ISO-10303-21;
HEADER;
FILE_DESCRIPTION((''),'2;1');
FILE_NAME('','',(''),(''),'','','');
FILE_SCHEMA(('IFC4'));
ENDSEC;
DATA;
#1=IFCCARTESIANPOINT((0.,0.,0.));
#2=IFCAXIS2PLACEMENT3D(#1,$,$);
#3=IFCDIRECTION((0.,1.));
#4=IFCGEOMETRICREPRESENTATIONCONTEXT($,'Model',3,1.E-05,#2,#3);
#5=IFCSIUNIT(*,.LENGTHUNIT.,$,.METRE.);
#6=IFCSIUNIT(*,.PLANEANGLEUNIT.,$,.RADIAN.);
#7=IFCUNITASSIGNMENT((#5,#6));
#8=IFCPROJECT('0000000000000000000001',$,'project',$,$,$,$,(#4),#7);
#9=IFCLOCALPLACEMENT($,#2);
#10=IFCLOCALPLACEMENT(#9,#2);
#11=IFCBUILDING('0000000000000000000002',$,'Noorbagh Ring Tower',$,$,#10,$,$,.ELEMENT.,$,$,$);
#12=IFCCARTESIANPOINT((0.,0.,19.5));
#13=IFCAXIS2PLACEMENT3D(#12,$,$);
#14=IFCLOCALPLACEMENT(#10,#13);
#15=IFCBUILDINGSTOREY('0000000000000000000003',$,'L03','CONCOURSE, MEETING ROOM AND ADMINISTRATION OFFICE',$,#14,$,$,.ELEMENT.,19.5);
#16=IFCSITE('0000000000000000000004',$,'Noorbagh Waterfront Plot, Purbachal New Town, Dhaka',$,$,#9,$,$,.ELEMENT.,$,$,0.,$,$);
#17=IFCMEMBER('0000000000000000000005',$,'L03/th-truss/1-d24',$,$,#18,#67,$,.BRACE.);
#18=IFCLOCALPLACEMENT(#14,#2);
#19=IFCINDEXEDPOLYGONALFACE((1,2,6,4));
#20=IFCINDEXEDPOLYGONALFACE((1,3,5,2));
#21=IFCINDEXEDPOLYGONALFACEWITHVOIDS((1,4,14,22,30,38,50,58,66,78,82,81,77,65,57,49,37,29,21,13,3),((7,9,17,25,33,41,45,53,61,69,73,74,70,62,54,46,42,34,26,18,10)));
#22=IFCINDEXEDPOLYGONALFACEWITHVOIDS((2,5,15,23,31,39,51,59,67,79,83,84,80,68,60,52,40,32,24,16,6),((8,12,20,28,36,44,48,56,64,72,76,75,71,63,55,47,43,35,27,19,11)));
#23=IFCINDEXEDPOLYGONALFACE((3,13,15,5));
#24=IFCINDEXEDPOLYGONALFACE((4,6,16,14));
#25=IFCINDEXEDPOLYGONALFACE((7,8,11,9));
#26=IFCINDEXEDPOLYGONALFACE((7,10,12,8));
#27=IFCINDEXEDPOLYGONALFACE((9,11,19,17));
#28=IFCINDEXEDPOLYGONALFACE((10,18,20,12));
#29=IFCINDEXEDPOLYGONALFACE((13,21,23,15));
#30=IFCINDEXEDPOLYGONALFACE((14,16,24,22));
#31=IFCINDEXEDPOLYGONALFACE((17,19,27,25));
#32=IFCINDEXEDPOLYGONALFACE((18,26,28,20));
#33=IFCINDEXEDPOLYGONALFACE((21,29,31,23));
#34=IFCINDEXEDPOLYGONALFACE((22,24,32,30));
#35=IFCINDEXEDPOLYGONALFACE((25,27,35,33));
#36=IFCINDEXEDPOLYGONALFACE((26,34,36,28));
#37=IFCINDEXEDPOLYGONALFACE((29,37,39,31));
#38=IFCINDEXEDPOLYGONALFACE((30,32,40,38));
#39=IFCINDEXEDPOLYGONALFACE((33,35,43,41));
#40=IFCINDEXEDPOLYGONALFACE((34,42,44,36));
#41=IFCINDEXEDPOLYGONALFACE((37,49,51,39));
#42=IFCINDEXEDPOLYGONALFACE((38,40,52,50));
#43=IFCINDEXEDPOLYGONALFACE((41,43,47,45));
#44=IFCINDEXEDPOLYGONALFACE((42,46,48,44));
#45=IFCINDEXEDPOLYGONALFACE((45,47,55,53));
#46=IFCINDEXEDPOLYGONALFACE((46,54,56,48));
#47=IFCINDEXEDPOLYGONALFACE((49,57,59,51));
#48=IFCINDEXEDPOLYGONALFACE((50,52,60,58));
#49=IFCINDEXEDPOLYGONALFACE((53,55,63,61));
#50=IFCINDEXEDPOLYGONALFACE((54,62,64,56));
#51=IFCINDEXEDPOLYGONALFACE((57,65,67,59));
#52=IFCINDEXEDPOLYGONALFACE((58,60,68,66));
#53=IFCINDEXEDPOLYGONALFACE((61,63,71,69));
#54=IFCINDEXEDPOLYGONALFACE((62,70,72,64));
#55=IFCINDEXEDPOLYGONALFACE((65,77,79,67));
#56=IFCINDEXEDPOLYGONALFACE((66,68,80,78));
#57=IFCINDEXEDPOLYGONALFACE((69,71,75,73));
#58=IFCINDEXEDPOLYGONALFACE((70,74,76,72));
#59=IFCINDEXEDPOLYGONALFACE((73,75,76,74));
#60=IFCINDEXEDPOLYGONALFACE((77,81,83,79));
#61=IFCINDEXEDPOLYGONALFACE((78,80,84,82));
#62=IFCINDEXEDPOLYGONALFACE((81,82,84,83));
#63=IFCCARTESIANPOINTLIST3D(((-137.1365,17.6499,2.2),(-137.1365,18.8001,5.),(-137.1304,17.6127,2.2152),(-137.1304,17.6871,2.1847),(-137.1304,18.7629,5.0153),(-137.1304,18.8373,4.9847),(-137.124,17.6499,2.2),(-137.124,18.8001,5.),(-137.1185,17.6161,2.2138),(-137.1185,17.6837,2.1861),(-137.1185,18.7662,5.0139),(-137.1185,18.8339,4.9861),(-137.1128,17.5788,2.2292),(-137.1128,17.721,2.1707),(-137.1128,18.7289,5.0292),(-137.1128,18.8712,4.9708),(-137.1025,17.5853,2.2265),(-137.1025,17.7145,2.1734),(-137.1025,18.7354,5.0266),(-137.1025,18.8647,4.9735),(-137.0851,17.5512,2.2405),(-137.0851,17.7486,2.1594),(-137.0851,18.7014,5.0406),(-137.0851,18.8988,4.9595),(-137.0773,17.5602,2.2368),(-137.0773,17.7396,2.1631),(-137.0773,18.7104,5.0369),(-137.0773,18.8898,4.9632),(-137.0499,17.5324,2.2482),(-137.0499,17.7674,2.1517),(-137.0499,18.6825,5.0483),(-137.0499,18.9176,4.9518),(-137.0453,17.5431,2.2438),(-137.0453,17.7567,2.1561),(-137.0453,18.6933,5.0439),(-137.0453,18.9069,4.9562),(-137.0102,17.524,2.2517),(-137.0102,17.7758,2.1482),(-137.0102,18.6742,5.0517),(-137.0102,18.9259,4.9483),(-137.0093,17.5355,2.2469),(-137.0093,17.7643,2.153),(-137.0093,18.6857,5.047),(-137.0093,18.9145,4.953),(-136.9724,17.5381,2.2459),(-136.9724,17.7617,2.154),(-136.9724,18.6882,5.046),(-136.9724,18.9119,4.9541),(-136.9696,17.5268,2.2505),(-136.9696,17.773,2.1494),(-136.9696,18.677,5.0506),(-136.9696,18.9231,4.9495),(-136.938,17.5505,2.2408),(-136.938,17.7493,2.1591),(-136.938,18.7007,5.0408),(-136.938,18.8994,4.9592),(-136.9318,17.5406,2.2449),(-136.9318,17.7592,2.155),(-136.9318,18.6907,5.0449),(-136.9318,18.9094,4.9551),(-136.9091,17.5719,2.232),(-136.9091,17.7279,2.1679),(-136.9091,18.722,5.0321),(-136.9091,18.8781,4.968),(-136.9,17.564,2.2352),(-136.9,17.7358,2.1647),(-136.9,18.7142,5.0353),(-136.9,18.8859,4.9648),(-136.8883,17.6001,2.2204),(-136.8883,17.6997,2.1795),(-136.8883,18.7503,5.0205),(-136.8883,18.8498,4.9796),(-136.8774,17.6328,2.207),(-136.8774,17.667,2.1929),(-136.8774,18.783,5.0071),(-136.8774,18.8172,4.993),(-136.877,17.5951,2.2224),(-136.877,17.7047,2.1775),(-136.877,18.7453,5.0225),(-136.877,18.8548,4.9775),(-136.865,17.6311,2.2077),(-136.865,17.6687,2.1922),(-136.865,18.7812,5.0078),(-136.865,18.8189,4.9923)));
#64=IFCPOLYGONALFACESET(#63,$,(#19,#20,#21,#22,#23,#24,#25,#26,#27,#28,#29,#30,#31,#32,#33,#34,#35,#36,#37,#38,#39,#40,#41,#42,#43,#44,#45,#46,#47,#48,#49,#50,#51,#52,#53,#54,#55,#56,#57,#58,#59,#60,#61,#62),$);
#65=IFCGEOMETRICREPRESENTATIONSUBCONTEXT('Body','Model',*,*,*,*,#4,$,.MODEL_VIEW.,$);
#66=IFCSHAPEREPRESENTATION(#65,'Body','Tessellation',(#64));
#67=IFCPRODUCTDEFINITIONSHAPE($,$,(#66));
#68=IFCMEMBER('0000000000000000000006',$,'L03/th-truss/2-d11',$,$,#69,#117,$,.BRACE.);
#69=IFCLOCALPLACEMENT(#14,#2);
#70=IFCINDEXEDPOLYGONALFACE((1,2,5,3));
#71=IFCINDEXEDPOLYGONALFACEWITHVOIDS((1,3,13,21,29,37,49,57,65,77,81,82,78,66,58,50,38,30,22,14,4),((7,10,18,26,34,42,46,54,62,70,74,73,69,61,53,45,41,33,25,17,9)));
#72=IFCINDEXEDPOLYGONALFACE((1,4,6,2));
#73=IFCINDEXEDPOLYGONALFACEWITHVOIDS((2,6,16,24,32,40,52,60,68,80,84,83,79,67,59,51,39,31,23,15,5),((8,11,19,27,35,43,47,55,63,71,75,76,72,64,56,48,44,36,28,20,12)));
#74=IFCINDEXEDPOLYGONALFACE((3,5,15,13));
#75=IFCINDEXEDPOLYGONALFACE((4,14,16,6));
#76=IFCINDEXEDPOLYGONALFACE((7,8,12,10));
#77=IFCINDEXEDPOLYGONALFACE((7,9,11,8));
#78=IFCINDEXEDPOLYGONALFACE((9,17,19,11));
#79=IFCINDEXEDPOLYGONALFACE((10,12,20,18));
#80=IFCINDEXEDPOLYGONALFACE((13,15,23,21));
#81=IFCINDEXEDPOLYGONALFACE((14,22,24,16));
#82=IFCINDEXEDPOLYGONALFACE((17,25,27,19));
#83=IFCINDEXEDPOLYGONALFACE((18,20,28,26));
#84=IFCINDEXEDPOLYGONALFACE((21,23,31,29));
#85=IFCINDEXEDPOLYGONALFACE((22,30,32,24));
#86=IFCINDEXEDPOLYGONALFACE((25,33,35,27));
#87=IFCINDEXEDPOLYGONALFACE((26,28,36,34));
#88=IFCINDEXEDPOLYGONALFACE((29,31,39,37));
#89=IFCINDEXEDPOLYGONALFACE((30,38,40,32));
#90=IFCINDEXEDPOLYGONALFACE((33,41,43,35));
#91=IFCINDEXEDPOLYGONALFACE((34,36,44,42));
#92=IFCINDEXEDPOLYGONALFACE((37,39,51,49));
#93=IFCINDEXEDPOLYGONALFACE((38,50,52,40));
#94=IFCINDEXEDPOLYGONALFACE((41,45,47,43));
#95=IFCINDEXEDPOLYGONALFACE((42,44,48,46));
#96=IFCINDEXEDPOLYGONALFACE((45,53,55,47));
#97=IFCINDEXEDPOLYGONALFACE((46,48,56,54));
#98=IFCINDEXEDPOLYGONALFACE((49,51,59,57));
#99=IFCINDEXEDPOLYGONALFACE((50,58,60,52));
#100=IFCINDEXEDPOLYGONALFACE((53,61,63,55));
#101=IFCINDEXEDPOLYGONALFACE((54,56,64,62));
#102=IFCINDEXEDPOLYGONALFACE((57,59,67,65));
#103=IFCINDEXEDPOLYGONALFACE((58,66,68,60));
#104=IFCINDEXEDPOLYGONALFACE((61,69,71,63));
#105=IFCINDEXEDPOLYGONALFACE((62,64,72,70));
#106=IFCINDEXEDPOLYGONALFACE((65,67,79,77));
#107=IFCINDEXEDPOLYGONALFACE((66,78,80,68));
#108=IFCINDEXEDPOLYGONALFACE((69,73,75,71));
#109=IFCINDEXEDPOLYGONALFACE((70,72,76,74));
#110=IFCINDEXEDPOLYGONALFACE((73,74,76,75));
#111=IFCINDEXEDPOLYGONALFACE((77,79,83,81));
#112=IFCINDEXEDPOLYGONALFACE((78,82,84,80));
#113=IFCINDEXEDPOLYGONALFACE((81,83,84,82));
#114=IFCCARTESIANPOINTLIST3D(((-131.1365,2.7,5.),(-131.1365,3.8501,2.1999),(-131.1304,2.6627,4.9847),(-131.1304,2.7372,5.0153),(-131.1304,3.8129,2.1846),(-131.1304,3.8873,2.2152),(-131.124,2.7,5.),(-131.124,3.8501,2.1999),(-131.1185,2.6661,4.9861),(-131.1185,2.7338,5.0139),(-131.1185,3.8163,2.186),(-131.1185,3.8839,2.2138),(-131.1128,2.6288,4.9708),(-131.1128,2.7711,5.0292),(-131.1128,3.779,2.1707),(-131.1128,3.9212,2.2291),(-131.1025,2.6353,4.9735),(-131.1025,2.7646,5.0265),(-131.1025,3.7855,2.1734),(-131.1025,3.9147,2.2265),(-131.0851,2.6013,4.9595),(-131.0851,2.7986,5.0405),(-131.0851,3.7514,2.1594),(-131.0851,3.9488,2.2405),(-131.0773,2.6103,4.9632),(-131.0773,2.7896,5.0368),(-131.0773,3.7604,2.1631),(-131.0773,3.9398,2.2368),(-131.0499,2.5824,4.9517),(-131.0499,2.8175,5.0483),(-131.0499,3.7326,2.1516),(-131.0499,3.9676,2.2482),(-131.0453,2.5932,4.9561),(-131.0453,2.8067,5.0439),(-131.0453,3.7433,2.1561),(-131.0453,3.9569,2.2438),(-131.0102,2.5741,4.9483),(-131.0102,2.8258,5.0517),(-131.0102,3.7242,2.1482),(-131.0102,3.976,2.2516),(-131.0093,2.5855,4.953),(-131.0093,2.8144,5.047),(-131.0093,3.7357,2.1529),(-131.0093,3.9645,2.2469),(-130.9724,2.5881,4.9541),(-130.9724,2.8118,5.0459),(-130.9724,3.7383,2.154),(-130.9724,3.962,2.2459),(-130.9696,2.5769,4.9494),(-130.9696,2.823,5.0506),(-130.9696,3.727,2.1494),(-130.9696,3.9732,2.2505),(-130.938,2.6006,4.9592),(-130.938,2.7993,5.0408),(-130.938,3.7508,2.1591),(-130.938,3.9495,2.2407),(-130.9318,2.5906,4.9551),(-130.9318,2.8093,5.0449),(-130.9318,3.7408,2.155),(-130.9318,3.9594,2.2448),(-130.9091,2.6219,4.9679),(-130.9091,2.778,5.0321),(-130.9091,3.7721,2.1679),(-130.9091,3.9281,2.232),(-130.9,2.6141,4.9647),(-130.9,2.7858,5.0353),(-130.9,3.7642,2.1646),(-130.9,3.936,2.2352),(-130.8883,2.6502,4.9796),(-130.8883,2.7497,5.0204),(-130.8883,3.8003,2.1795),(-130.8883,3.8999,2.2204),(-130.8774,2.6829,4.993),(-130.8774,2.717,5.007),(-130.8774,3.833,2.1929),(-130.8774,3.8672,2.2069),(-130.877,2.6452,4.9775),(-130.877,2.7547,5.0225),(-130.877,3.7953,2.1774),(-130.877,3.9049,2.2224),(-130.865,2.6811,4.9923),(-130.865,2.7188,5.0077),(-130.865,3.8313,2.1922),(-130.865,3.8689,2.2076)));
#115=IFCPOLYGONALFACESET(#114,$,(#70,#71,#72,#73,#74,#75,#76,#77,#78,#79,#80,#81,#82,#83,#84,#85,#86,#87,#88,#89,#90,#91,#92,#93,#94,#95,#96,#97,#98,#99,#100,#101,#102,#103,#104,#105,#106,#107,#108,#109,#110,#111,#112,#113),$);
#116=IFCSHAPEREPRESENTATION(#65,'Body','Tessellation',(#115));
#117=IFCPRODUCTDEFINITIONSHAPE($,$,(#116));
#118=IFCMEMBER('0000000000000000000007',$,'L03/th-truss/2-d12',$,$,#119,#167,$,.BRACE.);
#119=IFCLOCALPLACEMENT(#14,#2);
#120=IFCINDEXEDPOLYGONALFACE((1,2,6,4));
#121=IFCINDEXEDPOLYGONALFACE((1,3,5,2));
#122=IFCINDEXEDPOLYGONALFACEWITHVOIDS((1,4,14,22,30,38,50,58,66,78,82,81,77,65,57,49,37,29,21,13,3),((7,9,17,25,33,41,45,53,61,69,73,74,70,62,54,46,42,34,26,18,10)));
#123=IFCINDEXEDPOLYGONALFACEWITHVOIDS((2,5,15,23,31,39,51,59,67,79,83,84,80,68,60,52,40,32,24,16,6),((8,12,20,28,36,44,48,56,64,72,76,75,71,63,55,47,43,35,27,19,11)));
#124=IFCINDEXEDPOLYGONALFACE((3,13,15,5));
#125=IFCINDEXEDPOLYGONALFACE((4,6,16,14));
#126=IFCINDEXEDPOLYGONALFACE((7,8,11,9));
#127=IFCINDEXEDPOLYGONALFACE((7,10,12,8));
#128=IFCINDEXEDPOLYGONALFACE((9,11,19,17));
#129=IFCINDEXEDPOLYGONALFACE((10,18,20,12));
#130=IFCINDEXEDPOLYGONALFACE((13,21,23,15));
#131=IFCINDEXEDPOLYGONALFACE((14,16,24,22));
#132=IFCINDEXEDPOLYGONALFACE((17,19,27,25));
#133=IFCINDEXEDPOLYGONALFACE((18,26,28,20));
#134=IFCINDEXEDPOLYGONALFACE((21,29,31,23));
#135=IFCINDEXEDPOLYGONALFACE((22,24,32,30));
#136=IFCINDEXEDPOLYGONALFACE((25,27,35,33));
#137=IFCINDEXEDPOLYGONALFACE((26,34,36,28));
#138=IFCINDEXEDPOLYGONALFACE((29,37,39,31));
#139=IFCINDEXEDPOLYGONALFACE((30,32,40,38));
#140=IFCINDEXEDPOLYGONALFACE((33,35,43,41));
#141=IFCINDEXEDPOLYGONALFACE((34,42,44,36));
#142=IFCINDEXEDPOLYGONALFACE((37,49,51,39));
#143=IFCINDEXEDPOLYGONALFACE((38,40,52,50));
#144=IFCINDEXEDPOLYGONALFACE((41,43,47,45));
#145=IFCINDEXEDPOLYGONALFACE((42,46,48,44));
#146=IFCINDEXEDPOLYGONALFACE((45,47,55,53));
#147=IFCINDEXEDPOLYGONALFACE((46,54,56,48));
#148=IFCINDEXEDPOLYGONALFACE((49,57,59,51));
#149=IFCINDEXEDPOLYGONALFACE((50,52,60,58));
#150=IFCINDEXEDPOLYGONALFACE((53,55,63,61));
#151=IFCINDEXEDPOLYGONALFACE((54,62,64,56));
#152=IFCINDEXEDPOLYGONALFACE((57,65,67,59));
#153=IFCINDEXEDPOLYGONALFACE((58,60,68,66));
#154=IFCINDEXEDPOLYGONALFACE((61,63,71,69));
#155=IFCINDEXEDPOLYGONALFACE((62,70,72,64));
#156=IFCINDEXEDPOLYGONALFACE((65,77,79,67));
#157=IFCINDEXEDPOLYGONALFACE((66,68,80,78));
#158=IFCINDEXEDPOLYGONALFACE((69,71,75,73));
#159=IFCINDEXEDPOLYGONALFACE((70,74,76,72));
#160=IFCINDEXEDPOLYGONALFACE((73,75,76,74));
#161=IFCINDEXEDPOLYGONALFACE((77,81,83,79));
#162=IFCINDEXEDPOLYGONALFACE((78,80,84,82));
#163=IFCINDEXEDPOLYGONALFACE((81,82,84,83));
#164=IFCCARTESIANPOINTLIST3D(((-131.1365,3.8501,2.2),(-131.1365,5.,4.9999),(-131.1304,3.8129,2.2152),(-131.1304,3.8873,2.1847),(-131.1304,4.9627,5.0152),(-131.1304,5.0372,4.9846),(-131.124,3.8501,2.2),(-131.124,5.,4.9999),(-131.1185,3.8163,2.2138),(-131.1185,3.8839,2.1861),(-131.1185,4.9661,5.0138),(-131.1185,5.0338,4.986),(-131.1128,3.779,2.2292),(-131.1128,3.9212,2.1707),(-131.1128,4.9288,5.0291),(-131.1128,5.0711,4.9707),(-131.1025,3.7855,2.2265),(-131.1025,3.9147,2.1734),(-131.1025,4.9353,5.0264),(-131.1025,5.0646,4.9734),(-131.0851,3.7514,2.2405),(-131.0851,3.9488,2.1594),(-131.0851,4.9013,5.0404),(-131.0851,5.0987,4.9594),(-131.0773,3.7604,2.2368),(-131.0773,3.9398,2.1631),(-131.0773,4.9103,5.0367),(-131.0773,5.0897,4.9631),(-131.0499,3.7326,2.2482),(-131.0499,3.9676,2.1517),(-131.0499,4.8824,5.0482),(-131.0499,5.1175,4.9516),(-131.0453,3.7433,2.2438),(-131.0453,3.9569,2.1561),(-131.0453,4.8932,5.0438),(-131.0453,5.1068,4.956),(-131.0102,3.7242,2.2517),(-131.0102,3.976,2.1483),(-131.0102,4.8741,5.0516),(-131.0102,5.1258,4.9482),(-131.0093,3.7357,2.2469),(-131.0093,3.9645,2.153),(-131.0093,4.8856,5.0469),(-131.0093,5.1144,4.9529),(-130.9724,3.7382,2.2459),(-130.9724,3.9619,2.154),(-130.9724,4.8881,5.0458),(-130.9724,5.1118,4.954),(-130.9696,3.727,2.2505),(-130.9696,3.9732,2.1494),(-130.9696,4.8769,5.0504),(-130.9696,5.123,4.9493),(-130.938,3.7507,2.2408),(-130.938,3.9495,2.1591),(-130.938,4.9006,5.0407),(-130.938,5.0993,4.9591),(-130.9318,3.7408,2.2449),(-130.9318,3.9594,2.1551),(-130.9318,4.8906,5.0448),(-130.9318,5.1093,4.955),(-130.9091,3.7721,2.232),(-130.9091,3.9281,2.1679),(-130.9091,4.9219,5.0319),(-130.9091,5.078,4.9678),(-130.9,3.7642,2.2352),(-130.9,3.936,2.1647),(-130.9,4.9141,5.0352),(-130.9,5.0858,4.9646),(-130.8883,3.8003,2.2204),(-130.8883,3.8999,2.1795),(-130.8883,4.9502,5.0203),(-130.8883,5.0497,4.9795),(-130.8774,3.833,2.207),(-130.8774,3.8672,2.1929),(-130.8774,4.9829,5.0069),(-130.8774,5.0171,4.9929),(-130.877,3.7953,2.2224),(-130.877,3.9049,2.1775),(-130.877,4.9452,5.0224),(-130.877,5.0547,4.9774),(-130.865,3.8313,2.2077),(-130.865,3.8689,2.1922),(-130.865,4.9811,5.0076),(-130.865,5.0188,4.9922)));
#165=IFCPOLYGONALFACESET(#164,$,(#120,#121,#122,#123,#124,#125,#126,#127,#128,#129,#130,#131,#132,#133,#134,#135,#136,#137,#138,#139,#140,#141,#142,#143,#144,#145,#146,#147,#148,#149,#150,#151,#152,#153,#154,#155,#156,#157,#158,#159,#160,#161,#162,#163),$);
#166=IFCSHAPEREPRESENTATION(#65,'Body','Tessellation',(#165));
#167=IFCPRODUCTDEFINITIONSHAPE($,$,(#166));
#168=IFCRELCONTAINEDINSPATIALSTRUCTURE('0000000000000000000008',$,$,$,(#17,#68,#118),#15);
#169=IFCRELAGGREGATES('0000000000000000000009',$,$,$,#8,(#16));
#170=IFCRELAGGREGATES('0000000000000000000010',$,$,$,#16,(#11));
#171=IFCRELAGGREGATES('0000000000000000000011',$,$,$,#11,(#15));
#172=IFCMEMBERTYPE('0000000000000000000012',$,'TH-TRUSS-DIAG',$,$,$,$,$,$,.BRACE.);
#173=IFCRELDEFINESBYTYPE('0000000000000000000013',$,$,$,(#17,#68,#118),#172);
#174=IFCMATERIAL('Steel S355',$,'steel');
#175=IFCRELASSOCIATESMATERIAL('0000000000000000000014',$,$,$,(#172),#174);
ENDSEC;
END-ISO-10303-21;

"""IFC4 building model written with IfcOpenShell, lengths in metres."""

from ifc_helpers import new_model, si_unit, direction, frame, origin, origin_2d, place, context, subcontext, project, spatial, hollow_circle, extrude, material, material_profile, profile_set, type_object, element, save


model = new_model("IFC4")

# Units and contexts
model_context = context("Model", 3, precision=1e-05, world=origin(), true_north=direction((0.0, 1.0)))
body_context = subcontext(model_context, "Body", "Model", "MODEL_VIEW")
ifc_project = project(units=[si_unit("LENGTHUNIT", "METRE"), si_unit("PLANEANGLEUNIT", "RADIAN")], contexts=[model_context])

# Site, building, storey
site_placement = place(None, origin())
site = spatial("IfcSite", under=ifc_project, at=site_placement, Name="Noorbagh Waterfront Plot, Purbachal New Town, Dhaka", CompositionType="ELEMENT", RefElevation=0.0)
building_placement = place(site_placement, origin())
building = spatial("IfcBuilding", under=site, at=building_placement, Name="Noorbagh Ring Tower", CompositionType="ELEMENT")
storey_placement = place(building_placement, frame((0.0, 0.0, 19.5)))
storey = spatial("IfcBuildingStorey", under=building, at=storey_placement, Name="L03", Description="CONCOURSE, MEETING ROOM AND ADMINISTRATION OFFICE", CompositionType="ELEMENT", Elevation=19.5)

# Members
ifc_material_1 = material(Name="Steel S355", Category="steel")
ifc_material_profile = material_profile(ifc_material_1, hollow_circle(Radius=0.1365, WallThickness=0.0125, at=origin_2d()), Name="CHS273x12.5")
ifc_profile_set = profile_set([ifc_material_profile], Name="Steel S355")
member_type = type_object("IfcMemberType", Name="TH-TRUSS-DIAG", PredefinedType="BRACE", material=ifc_profile_set)
for number, where, z_axis, x_axis, name in (
    (1, (-137.0, 17.6499, 2.2), (0.0, 0.379955, 0.925005), (-1.0, 0.0, 0.0), "L03/th-truss/1-d24"),
    (2, (-131.0, 2.7, 5.0), (0.0, 0.379955, -0.925005), (-1.0, 0.0, 0.0), "L03/th-truss/2-d11"),
):
    element("IfcMember", number, at=place(storey_placement, frame(where, z_axis=z_axis, x_axis=x_axis)), inside=storey, type_object=member_type, Name=name, PredefinedType="BRACE", context=body_context, shape_type="SweptSolid", body=[
        extrude(hollow_circle(Radius=0.1365, WallThickness=0.0125, at=origin_2d()), origin(), (0.0, 0.0, 1.0), 3.0271),
    ])
for number, where, z_axis, x_axis, name in (
    (3, (-131.0, 3.8501, 2.2), (0.0, 0.379886, 0.925033), (-1.0, 0.0, 0.0), "L03/th-truss/2-d12"),
):
    element("IfcMember", number, at=place(storey_placement, frame(where, z_axis=z_axis, x_axis=x_axis)), inside=storey, type_object=member_type, Name=name, PredefinedType="BRACE", context=body_context, shape_type="SweptSolid", body=[
        extrude(hollow_circle(Radius=0.1365, WallThickness=0.0125, at=origin_2d()), origin(), (0.0, 0.0, 1.0), 3.0269),
    ])

save(model, "model.ifc")
